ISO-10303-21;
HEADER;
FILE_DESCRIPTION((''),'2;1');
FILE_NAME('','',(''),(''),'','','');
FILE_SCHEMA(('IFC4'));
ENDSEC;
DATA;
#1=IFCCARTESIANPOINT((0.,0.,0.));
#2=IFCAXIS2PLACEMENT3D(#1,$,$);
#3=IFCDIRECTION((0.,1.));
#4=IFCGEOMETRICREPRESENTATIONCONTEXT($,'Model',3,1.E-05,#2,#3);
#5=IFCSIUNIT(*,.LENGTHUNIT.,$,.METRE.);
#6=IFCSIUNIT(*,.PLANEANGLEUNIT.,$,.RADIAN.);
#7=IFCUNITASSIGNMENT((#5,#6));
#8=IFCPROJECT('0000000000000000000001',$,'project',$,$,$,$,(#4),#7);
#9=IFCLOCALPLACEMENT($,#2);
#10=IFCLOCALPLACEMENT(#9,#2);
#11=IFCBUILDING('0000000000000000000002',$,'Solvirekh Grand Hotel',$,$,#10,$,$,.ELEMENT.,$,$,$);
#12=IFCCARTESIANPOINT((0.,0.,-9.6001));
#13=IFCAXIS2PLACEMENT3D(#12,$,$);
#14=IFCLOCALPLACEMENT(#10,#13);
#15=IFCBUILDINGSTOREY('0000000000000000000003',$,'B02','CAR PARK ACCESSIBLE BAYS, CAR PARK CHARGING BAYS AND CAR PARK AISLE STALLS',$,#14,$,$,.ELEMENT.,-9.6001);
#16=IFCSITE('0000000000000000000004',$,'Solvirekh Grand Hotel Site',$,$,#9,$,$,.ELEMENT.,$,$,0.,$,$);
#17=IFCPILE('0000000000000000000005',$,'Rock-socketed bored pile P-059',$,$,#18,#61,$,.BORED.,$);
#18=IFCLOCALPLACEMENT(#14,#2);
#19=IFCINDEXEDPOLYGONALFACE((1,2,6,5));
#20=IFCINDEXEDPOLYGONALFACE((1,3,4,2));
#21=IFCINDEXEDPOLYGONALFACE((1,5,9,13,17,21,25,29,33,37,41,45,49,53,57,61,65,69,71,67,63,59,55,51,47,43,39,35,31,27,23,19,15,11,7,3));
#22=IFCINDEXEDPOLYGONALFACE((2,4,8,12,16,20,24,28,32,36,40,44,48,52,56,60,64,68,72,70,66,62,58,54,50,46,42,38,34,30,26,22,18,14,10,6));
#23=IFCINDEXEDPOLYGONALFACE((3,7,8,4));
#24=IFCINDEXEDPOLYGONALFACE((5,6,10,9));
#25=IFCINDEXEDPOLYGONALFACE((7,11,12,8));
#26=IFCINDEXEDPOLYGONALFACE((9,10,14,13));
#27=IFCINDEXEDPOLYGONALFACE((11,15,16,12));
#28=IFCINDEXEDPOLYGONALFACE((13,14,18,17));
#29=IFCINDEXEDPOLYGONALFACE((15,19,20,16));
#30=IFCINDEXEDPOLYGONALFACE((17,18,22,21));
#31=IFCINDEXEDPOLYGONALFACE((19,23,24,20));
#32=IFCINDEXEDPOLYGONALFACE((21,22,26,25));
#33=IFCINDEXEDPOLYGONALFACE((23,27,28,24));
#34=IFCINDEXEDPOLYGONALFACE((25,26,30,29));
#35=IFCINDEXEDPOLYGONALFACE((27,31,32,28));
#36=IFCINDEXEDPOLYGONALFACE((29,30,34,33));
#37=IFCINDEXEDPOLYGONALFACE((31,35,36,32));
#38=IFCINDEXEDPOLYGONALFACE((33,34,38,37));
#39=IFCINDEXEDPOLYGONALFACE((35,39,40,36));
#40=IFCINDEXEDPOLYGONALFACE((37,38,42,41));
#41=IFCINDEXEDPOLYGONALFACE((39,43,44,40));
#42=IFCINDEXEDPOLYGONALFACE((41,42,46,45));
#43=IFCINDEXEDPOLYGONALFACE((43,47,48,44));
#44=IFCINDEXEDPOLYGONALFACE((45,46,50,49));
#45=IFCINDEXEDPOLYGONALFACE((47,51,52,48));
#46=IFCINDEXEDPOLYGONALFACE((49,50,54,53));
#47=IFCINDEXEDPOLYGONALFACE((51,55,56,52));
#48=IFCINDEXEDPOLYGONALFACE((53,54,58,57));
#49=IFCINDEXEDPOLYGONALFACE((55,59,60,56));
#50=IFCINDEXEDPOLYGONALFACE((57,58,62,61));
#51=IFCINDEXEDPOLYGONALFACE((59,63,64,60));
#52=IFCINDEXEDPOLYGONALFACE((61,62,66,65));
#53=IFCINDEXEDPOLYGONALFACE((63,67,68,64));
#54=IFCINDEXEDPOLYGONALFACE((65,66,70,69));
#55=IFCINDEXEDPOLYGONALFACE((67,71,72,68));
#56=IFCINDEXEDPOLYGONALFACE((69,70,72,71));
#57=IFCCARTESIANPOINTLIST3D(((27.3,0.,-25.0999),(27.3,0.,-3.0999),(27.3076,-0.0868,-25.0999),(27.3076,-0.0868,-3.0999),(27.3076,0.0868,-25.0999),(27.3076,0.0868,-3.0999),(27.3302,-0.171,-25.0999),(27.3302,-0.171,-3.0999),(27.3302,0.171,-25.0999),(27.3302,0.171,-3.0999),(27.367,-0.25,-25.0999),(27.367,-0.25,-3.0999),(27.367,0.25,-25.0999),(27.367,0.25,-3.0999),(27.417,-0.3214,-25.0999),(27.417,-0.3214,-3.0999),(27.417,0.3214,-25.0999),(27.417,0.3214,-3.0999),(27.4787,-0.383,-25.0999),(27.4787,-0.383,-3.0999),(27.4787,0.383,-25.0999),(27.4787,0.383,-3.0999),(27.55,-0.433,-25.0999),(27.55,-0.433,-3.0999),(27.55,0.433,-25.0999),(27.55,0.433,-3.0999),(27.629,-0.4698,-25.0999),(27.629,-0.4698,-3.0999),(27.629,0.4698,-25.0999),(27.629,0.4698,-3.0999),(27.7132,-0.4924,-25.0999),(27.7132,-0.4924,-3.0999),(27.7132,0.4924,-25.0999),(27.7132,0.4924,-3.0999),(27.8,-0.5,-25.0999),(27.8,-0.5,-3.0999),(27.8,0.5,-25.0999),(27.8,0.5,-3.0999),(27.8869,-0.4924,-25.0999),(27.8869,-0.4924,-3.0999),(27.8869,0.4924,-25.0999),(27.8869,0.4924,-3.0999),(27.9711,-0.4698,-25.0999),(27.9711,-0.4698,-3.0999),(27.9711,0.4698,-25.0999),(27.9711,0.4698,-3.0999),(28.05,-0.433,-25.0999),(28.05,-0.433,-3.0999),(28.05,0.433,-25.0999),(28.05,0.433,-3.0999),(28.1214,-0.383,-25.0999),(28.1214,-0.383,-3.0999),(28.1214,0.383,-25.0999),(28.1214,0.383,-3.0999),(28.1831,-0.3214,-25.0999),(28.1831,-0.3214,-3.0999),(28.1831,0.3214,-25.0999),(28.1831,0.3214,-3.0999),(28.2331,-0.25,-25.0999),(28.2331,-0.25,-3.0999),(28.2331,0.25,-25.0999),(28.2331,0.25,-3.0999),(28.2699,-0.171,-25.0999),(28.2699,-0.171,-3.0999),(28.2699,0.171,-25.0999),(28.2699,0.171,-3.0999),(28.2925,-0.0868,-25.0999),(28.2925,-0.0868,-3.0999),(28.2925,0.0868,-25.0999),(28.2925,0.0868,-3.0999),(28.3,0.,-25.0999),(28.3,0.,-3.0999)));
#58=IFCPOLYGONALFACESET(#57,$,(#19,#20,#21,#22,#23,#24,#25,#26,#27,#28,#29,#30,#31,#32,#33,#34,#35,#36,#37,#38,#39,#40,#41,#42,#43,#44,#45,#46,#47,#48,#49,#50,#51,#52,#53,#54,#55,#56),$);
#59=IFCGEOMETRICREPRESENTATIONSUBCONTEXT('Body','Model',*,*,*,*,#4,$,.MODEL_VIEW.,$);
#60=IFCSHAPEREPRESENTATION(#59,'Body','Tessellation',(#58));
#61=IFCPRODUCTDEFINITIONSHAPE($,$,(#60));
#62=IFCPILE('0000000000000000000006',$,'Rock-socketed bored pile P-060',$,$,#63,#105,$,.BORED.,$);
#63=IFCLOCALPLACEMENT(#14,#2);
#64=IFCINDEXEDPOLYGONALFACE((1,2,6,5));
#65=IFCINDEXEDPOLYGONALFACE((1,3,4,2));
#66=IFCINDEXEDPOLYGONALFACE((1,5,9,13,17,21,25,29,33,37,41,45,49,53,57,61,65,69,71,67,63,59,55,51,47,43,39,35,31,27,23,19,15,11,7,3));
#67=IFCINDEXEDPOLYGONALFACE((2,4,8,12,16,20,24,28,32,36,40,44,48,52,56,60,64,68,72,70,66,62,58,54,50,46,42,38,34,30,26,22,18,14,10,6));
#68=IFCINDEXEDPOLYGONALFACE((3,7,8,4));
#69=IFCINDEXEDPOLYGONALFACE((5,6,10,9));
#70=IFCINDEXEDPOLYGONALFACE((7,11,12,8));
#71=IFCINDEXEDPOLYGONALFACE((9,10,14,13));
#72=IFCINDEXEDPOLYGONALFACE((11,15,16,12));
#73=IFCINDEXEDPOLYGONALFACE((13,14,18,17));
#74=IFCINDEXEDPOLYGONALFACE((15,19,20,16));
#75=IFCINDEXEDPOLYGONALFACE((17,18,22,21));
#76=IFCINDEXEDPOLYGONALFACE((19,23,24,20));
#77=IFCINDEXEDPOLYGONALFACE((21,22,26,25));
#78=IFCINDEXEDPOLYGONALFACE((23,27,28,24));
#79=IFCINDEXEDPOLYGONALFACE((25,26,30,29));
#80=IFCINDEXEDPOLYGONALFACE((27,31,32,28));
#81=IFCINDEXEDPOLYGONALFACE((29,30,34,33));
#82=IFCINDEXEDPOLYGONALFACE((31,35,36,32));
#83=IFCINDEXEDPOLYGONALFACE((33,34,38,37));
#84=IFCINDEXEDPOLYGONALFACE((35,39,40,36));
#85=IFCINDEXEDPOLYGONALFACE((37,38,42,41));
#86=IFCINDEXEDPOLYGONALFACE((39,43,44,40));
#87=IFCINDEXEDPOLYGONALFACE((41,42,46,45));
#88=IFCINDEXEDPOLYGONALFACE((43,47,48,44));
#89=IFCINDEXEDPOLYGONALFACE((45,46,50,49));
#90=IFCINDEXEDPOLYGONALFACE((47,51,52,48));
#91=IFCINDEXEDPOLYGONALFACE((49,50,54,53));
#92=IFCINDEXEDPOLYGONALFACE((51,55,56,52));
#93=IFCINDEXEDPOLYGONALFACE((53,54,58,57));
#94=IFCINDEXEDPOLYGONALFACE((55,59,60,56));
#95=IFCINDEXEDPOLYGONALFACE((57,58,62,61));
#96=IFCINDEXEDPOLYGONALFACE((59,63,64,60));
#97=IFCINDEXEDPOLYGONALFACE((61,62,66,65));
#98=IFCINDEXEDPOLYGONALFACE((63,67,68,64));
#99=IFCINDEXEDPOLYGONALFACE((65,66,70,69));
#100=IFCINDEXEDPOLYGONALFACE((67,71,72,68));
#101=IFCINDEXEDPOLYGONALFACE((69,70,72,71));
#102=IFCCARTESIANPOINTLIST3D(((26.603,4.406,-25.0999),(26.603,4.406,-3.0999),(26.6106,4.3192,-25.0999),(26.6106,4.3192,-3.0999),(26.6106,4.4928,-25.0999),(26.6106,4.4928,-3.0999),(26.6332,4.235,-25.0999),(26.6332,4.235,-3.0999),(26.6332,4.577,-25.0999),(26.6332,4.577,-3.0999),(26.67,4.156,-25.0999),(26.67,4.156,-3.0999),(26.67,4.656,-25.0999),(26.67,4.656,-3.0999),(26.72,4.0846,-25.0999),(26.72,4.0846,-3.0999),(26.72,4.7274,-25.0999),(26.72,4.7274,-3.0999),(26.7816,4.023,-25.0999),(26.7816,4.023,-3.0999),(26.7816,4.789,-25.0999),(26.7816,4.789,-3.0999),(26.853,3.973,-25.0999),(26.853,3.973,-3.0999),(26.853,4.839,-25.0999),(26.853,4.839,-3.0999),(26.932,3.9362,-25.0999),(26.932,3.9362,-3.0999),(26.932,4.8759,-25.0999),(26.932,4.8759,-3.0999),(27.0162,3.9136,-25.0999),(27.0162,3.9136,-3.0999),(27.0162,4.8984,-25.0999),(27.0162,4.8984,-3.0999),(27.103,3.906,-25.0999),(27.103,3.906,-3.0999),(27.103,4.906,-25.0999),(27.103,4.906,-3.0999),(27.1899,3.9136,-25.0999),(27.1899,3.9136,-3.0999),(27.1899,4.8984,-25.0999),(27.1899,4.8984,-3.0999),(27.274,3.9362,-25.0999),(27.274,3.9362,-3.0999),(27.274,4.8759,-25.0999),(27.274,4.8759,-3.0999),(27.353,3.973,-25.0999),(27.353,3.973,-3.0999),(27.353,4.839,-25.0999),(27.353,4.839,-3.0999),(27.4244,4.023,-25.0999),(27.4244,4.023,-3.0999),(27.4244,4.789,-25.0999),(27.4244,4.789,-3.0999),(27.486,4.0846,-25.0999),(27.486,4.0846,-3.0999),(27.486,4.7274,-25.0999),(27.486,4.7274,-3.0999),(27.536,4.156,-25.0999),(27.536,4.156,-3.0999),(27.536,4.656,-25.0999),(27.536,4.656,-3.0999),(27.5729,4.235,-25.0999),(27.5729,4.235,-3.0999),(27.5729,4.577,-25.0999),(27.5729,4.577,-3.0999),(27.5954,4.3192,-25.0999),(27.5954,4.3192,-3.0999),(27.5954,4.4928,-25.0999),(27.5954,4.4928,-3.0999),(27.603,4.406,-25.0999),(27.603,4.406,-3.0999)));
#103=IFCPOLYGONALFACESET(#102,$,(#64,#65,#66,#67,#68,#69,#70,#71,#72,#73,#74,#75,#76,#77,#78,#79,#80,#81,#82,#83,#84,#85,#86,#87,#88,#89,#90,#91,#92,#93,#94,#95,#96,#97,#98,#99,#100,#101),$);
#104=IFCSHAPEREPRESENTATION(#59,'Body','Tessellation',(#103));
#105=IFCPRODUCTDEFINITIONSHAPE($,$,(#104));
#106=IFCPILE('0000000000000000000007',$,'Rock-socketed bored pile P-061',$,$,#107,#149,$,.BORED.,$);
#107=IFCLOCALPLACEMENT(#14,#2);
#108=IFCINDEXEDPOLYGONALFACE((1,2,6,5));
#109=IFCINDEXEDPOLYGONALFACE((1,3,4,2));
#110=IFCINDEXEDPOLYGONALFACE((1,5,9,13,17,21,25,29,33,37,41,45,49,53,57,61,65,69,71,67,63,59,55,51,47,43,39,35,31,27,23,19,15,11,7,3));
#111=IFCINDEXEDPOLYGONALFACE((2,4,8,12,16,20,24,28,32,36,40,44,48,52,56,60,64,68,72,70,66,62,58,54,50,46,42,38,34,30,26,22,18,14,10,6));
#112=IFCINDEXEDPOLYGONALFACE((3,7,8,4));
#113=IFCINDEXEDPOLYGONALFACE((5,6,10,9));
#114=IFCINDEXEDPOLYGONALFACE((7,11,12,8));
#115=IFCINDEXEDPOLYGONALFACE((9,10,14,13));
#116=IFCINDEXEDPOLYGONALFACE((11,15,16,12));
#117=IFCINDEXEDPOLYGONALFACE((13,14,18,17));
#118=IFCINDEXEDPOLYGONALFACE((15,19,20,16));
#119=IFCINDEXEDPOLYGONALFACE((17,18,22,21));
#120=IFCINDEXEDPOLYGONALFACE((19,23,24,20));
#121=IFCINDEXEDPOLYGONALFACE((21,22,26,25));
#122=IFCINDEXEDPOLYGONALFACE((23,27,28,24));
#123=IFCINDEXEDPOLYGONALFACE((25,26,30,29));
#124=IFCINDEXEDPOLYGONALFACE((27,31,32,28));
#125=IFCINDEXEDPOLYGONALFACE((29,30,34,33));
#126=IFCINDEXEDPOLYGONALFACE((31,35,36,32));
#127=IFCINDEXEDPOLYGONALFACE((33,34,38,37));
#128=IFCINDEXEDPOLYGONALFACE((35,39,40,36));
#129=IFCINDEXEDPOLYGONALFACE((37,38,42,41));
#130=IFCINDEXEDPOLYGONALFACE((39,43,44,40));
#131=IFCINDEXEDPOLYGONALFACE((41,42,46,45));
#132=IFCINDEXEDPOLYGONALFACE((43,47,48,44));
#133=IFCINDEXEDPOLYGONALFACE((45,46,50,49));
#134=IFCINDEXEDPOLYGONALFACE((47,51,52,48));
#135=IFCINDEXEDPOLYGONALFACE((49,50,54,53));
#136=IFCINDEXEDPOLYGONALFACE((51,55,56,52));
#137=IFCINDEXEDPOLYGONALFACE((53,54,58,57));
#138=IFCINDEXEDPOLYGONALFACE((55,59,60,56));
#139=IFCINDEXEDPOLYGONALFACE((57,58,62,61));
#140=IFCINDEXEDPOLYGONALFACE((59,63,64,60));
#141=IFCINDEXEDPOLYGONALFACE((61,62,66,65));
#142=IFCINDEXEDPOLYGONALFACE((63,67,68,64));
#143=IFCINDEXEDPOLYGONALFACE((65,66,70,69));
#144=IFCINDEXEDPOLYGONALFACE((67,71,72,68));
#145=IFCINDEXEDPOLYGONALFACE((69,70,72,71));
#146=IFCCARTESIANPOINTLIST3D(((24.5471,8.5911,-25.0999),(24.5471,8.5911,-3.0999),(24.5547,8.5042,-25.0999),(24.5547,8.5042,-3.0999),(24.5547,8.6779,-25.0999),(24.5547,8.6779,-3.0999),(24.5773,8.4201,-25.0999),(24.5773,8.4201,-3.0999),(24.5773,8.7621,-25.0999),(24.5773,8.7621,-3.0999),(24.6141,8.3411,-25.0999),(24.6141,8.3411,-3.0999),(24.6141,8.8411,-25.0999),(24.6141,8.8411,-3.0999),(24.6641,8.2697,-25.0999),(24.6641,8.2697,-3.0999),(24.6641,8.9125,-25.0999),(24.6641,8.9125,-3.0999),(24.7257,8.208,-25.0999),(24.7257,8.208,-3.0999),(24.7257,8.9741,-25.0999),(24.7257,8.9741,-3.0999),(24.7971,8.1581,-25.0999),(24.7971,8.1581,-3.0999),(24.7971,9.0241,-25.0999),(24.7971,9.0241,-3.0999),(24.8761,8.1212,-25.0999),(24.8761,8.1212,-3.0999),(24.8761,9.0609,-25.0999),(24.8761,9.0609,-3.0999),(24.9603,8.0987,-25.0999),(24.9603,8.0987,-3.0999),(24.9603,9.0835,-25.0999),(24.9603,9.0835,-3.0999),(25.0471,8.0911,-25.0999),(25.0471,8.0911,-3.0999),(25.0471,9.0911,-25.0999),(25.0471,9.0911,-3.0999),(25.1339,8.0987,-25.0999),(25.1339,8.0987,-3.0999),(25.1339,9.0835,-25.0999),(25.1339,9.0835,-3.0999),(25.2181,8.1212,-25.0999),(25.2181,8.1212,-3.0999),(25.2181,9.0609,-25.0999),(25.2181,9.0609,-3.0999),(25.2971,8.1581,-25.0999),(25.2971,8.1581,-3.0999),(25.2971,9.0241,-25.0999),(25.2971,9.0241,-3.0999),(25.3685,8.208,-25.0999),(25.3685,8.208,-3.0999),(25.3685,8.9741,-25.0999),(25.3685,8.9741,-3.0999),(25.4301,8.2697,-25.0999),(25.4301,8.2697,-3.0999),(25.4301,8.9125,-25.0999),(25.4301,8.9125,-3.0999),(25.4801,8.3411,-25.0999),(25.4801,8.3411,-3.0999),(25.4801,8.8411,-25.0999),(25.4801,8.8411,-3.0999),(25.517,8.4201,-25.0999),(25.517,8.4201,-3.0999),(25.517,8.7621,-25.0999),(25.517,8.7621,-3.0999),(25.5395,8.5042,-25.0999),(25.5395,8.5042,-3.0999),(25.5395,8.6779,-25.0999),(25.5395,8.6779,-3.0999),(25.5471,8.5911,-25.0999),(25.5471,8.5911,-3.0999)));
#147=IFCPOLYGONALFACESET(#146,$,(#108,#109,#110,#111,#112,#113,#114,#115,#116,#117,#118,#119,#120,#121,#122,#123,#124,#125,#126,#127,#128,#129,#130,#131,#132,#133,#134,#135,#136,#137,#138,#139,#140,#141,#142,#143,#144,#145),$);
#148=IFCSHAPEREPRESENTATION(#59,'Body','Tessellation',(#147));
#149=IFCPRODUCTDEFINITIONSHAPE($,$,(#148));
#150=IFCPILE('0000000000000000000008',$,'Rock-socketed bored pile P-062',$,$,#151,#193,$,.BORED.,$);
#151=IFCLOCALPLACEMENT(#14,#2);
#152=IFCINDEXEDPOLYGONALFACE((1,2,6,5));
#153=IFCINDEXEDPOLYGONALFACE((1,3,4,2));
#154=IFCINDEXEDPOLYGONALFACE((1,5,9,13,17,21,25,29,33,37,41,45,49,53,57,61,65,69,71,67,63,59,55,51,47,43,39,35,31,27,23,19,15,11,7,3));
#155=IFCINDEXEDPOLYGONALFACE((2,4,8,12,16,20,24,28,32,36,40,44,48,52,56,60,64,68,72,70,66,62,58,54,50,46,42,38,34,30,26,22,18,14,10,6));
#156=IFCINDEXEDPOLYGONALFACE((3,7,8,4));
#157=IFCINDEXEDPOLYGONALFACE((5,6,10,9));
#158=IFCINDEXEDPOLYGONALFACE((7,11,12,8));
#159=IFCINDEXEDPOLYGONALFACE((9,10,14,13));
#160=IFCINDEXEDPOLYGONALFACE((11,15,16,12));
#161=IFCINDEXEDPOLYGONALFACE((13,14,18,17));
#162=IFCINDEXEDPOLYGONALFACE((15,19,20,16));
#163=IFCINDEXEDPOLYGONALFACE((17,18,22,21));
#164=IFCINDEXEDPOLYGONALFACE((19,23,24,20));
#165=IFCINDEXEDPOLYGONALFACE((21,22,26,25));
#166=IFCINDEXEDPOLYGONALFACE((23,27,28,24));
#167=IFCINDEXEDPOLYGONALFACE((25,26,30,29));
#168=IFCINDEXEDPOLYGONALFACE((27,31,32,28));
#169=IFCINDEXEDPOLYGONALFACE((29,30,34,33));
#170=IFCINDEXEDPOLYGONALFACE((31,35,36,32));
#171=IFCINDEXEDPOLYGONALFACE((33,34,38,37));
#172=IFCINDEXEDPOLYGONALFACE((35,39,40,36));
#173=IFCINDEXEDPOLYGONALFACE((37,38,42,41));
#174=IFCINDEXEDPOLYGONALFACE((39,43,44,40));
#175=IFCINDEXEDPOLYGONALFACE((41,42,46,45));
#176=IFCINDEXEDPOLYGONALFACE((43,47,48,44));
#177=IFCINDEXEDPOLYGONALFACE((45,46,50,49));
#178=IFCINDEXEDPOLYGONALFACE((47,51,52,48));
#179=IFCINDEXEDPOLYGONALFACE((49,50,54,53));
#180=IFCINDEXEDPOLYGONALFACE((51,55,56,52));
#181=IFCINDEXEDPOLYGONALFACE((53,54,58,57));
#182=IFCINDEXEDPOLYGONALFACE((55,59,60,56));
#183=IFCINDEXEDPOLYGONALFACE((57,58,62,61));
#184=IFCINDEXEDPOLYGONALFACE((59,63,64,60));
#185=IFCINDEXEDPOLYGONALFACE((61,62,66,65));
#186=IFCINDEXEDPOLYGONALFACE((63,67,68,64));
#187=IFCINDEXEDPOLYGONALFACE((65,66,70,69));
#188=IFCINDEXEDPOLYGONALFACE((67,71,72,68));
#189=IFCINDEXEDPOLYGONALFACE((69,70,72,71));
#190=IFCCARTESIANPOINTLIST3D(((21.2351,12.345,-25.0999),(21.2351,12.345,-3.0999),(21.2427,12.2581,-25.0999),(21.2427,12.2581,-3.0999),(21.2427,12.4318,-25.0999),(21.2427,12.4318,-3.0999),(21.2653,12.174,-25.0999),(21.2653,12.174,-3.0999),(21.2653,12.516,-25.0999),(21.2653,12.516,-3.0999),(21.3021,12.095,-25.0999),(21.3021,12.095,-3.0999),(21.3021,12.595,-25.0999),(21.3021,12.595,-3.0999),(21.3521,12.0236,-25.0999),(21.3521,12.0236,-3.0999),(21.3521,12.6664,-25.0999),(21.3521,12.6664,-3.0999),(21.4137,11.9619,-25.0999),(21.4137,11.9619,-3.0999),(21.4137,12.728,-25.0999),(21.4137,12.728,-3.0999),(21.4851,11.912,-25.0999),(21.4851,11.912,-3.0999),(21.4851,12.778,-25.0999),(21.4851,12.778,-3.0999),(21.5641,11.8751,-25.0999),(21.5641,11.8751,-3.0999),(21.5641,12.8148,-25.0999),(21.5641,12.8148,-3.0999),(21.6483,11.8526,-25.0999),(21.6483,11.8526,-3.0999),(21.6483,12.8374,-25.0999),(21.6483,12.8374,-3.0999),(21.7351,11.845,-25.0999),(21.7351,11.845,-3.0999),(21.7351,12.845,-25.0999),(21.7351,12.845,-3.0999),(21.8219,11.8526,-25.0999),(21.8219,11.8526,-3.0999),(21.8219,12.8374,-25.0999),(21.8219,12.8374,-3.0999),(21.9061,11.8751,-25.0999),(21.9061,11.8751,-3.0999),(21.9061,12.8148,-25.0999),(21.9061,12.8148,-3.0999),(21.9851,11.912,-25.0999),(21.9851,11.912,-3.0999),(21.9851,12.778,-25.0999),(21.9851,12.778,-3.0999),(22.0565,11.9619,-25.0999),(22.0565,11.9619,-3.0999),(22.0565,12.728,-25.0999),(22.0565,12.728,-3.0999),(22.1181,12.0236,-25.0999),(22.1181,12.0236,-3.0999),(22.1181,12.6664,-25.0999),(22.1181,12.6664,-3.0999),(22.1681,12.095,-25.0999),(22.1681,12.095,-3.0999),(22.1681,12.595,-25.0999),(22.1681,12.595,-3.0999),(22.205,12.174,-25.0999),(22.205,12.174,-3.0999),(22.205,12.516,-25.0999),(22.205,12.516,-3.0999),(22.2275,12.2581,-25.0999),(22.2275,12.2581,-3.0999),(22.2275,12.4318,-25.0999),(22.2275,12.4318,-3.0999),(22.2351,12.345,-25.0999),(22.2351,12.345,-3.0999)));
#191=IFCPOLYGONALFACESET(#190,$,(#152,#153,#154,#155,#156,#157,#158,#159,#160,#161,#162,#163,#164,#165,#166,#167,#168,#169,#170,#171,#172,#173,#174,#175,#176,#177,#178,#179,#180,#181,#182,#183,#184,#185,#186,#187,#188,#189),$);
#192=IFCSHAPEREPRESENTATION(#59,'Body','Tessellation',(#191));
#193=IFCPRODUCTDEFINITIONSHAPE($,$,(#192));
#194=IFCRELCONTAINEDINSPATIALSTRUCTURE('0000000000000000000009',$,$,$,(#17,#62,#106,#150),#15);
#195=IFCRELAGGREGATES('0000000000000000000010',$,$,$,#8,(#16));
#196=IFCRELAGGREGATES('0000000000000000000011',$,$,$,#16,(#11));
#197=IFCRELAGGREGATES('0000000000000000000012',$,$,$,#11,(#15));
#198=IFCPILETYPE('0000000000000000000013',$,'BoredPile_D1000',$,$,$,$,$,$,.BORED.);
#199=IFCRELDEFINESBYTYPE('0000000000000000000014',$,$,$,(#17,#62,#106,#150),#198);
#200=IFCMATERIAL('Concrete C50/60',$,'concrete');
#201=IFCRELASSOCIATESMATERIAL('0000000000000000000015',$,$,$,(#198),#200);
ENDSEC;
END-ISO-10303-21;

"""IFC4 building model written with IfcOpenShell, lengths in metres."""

from ifc_helpers import new_model, si_unit, direction, frame, origin, origin_2d, place, context, subcontext, project, spatial, circle, extrude, material, material_profile, profile_set, type_object, element, save


model = new_model("IFC4")

# Units and contexts
model_context = context("Model", 3, precision=1e-05, world=origin(), true_north=direction((0.0, 1.0)))
body_context = subcontext(model_context, "Body", "Model", "MODEL_VIEW")
ifc_project = project(units=[si_unit("LENGTHUNIT", "METRE"), si_unit("PLANEANGLEUNIT", "RADIAN")], contexts=[model_context])

# Site, building, storey
site_placement = place(None, origin())
site = spatial("IfcSite", under=ifc_project, at=site_placement, Name="Solvirekh Grand Hotel Site", CompositionType="ELEMENT", RefElevation=0.0)
building_placement = place(site_placement, origin())
building = spatial("IfcBuilding", under=site, at=building_placement, Name="Solvirekh Grand Hotel", CompositionType="ELEMENT")
storey_placement = place(building_placement, frame((0.0, 0.0, -9.6001)))
storey = spatial("IfcBuildingStorey", under=building, at=storey_placement, Name="B02", Description="CAR PARK ACCESSIBLE BAYS, CAR PARK CHARGING BAYS AND CAR PARK AISLE STALLS", CompositionType="ELEMENT", Elevation=-9.6001)

# Piles
ifc_material_1 = material(Name="Concrete C50/60", Category="concrete")
ifc_material_profile_1 = material_profile(ifc_material_1, circle(Radius=0.5, at=origin_2d()), Name="BORED PILE D1000")
ifc_profile_set_1 = profile_set([ifc_material_profile_1], Name="Concrete C50/60")
pile_type_1 = type_object("IfcPileType", Name="BoredPile_D1000", PredefinedType="BORED", material=ifc_profile_set_1)
for number, where, z_axis, x_axis, name in (
    (1, (27.8, 0.0, -3.0999), (0.0, 0.0, -1.0), (1.0, 0.0, 0.0), "Rock-socketed bored pile P-059"),
    (2, (27.103, 4.406, -3.0999), (0.0, 0.0, -1.0), (1.0, 0.0, 0.0), "Rock-socketed bored pile P-060"),
    (3, (25.0471, 8.5911, -3.0999), (0.0, 0.0, -1.0), (1.0, 0.0, 0.0), "Rock-socketed bored pile P-061"),
    (4, (21.7351, 12.345, -3.0999), (0.0, 0.0, -1.0), (1.0, 0.0, 0.0), "Rock-socketed bored pile P-062"),
):
    element("IfcPile", number, at=place(storey_placement, frame(where, z_axis=z_axis, x_axis=x_axis)), inside=storey, type_object=pile_type_1, Name=name, PredefinedType="BORED", context=body_context, shape_type="SweptSolid", body=[
        extrude(circle(Radius=0.5, at=origin_2d()), origin(), (0.0, 0.0, 1.0), 22.0),
    ])

save(model, "model.ifc")
